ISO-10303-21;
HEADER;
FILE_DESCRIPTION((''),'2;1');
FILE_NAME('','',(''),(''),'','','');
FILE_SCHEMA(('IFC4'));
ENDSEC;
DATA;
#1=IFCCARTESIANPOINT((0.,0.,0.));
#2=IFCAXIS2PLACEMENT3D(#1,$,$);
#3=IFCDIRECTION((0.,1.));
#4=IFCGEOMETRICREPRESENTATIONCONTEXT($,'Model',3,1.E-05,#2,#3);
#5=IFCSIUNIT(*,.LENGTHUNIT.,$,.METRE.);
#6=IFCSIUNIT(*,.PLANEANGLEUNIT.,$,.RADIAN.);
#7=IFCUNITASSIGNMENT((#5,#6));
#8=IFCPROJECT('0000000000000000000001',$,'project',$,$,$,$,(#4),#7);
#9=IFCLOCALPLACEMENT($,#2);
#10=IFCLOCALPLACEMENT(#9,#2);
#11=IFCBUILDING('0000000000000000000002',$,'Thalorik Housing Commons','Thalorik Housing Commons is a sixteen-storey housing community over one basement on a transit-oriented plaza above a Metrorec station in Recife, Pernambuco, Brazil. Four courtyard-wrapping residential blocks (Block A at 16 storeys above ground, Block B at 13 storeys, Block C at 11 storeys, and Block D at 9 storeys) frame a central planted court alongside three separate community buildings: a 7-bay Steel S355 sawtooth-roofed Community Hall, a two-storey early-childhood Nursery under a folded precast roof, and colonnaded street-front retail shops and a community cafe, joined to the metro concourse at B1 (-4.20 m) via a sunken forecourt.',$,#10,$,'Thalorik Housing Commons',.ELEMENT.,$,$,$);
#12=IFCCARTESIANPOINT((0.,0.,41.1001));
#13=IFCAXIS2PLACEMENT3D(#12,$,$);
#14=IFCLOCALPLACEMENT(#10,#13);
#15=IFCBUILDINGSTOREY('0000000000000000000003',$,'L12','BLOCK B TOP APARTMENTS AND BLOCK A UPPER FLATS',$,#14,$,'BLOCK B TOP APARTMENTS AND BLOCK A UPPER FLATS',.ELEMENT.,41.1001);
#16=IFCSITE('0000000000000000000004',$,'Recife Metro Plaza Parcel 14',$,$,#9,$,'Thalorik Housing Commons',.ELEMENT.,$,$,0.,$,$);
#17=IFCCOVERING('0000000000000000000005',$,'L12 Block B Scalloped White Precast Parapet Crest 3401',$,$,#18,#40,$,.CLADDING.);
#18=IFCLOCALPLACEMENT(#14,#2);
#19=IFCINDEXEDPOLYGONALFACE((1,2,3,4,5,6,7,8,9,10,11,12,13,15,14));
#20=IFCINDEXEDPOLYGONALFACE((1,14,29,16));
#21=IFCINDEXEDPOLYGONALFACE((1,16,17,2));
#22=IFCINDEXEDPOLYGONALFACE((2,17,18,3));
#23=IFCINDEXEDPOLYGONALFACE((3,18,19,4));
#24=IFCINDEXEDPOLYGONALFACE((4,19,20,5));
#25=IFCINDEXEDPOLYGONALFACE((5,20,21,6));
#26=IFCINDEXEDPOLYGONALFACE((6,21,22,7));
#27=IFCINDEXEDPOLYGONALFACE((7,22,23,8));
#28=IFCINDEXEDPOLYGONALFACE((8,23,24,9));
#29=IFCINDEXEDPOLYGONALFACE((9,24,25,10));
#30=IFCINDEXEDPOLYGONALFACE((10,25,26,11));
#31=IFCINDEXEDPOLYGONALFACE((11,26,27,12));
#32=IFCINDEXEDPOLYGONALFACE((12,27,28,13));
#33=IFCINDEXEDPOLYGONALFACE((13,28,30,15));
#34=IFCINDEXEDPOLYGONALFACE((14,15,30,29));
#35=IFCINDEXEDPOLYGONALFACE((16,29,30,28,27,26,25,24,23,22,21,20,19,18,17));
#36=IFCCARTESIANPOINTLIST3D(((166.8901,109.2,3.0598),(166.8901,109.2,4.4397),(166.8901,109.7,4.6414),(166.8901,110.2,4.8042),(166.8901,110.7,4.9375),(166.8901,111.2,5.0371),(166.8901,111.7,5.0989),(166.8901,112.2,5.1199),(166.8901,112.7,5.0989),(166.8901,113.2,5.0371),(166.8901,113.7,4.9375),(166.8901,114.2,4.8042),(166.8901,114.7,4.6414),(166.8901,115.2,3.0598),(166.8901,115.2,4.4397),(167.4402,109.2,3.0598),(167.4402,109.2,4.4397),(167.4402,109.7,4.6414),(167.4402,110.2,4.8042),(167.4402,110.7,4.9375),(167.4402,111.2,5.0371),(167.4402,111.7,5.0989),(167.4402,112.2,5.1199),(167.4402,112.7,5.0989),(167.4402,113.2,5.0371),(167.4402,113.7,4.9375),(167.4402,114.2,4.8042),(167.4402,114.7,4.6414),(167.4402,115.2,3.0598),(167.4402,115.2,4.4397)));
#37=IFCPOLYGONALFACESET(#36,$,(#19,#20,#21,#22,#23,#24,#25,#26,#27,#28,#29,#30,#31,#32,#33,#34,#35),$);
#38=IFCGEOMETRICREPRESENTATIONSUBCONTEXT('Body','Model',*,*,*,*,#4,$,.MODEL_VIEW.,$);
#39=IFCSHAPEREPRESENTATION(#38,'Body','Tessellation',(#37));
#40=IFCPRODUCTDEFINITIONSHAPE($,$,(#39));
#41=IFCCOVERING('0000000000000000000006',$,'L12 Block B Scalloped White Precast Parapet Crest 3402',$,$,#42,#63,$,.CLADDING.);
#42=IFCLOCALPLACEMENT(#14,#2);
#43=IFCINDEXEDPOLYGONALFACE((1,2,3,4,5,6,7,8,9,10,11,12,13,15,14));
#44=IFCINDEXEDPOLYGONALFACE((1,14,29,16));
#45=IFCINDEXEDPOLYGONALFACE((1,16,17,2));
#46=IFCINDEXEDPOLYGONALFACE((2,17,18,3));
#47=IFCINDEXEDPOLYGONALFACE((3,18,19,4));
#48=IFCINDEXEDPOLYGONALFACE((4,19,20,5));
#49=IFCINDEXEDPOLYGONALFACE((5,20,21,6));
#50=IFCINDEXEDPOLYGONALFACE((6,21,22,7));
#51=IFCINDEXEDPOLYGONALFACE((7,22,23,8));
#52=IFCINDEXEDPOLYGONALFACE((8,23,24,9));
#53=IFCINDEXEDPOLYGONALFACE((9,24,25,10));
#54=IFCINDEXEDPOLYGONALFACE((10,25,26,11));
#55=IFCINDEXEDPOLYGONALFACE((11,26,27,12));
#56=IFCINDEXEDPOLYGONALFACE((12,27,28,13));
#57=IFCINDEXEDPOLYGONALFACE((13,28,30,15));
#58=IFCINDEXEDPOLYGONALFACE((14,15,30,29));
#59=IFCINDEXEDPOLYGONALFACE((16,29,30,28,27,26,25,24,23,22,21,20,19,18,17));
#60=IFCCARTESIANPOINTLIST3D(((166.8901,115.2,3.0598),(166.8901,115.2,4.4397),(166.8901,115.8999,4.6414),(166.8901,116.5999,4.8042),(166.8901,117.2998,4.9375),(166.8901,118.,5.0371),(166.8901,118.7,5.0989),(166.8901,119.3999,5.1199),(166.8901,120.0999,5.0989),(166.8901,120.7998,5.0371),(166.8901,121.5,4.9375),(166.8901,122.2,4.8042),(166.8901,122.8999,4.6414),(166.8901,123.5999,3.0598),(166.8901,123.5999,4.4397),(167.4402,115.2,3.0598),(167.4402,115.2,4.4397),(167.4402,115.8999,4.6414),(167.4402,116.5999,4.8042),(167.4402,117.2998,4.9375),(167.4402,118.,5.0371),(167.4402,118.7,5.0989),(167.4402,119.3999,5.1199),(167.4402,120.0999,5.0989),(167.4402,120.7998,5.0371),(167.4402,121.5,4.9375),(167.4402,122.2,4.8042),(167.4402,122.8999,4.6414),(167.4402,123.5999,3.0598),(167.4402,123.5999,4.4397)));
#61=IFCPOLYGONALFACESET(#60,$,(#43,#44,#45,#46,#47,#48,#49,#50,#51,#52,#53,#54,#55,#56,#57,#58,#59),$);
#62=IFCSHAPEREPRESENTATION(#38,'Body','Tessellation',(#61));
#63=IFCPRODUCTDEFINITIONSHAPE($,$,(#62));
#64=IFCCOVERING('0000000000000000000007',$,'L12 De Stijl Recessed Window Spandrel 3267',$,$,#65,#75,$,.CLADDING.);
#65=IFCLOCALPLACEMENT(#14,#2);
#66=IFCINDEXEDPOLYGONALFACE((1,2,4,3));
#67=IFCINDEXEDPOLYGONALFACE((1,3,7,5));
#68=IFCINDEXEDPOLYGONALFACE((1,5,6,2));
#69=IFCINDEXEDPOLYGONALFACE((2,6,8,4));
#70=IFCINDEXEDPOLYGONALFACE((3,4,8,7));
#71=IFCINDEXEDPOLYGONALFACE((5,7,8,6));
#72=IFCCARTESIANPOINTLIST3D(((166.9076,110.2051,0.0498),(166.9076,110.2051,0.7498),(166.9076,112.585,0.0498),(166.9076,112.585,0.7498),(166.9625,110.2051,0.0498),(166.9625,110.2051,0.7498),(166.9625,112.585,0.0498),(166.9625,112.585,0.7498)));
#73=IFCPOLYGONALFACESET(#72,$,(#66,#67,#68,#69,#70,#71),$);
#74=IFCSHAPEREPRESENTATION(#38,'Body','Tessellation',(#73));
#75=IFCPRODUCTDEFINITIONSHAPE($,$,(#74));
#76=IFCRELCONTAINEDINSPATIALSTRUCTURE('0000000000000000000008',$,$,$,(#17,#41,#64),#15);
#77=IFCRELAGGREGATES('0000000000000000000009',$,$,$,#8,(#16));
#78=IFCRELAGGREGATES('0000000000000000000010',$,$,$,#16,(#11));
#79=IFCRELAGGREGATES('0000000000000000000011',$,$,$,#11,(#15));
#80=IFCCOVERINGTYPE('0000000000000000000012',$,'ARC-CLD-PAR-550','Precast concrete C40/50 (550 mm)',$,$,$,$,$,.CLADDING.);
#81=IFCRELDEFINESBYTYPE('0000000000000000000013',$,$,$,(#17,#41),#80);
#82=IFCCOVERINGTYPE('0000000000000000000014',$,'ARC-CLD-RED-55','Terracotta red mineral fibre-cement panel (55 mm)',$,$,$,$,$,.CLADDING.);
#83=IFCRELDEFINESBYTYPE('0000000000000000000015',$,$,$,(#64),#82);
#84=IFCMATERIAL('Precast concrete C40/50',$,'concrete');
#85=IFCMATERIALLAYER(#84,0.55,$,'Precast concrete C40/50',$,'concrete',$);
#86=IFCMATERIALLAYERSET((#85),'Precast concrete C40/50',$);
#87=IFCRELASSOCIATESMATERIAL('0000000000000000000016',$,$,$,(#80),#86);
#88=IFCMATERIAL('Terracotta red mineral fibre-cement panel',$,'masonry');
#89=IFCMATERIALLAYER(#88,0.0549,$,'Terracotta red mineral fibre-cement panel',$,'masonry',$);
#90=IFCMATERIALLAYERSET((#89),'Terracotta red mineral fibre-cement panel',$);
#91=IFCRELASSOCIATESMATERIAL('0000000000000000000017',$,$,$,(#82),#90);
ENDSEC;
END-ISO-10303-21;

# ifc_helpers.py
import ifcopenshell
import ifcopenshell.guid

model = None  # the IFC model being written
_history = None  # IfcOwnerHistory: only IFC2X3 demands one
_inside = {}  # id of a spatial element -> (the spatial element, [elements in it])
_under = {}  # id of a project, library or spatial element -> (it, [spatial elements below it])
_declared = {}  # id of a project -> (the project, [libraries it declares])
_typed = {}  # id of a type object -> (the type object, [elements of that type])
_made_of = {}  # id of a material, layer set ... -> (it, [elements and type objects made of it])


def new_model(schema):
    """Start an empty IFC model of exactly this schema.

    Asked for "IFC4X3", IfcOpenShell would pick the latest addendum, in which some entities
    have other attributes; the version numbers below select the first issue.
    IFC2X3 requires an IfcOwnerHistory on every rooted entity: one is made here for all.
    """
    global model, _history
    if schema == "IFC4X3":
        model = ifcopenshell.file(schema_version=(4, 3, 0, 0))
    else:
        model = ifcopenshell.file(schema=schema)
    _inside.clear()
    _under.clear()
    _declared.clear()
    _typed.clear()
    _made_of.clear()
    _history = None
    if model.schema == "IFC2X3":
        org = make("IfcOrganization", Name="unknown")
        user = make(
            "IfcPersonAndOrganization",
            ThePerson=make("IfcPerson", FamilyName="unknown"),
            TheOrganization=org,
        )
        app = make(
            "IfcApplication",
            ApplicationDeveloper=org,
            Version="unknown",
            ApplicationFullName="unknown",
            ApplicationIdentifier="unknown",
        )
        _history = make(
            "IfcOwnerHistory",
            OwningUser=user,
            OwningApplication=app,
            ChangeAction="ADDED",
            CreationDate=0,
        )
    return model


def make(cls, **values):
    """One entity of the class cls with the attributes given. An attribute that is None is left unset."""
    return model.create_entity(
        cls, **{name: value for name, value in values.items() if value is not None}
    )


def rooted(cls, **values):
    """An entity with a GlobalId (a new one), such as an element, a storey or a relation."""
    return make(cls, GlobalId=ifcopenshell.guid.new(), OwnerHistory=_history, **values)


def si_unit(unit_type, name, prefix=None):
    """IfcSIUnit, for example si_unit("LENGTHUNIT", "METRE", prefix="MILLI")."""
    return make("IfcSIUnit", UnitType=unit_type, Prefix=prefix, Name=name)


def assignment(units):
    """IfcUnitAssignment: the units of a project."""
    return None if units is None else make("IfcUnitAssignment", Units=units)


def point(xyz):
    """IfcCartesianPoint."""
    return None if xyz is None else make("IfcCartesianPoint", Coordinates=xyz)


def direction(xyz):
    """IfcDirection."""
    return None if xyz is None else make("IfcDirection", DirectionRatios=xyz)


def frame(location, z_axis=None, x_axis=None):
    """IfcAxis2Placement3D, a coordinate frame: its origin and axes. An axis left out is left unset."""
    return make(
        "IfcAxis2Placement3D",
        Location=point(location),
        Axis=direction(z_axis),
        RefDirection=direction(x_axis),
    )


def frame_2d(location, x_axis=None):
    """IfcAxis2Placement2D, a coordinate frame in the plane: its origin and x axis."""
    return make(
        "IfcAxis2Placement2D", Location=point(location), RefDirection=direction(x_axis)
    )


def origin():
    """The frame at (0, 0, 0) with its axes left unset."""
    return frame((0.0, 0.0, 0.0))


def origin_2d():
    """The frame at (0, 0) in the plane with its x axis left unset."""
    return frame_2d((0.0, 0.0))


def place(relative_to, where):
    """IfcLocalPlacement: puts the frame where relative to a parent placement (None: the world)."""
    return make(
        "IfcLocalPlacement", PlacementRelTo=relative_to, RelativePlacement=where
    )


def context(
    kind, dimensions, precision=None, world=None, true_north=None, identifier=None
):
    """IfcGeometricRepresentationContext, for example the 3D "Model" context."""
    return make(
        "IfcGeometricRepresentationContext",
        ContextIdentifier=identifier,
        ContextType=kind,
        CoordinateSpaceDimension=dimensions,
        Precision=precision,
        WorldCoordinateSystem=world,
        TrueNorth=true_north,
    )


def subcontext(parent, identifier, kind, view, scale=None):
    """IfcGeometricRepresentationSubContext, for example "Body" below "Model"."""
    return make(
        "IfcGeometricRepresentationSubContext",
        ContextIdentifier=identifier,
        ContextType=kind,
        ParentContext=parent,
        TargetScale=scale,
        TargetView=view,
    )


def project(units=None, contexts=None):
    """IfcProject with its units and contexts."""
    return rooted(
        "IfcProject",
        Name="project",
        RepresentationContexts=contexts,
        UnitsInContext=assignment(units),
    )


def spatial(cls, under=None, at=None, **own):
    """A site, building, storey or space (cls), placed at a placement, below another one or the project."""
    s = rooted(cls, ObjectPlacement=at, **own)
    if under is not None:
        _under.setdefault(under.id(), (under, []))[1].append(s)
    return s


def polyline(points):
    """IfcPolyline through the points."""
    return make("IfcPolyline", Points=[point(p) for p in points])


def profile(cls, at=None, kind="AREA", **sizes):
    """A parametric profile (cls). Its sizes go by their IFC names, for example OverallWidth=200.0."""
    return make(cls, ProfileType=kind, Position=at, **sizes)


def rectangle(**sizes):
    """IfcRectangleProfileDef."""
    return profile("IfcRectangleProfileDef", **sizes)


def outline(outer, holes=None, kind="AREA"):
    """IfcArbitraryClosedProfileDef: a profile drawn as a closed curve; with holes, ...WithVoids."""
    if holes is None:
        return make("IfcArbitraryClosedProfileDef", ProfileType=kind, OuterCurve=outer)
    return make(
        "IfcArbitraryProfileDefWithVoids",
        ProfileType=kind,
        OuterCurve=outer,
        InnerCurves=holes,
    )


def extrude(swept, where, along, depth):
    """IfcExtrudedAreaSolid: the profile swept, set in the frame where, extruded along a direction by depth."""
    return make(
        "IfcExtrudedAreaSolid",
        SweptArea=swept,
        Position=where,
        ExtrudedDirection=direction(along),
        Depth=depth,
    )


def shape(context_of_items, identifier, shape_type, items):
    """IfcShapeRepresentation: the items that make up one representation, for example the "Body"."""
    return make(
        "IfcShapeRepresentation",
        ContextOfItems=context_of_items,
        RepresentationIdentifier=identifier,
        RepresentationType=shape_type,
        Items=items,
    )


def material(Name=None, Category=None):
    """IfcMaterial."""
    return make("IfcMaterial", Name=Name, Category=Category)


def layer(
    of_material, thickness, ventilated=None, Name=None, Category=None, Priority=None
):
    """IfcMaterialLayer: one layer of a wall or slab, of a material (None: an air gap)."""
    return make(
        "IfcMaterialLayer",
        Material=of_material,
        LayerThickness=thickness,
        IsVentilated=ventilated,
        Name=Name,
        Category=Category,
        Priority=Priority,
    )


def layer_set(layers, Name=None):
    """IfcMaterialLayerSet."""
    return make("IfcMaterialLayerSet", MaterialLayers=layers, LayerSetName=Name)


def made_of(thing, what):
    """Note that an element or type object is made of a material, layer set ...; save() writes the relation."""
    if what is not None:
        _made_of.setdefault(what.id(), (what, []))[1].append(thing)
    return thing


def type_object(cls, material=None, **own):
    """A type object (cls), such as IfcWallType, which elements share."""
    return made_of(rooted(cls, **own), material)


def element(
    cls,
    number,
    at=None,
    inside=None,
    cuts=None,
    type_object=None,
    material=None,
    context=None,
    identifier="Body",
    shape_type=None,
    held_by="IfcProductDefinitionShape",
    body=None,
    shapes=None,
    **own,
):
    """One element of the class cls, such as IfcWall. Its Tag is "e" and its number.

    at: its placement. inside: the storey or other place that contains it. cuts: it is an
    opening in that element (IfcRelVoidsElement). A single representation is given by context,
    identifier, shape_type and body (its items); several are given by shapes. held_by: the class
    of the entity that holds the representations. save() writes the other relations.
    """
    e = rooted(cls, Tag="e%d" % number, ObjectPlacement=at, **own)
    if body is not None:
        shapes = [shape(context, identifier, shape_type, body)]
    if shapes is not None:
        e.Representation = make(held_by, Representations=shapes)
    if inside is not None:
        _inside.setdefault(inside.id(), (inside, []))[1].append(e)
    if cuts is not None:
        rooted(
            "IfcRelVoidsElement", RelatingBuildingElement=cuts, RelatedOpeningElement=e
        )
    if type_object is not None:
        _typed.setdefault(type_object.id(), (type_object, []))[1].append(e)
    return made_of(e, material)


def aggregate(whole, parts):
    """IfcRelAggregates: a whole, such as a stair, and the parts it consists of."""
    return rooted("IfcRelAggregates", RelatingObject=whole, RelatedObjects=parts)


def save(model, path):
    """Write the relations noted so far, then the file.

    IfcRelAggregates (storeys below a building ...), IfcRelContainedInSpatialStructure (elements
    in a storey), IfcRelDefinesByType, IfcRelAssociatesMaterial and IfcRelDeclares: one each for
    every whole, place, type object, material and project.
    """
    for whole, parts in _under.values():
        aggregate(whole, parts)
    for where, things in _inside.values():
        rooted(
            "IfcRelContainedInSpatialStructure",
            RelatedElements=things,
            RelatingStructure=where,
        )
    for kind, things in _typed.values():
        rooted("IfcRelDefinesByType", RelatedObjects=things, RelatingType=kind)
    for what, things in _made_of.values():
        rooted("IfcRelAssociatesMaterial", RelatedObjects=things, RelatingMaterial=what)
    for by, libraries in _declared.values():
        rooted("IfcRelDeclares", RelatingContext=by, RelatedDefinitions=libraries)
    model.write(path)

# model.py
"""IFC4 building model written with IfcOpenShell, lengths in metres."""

from ifc_helpers import new_model, si_unit, direction, frame, origin, origin_2d, place, context, subcontext, project, spatial, polyline, rectangle, outline, extrude, material, layer, layer_set, type_object, element, save


model = new_model("IFC4")

# Units and contexts
model_context = context("Model", 3, precision=1e-05, world=origin(), true_north=direction((0.0, 1.0)))
body_context = subcontext(model_context, "Body", "Model", "MODEL_VIEW")
ifc_project = project(units=[si_unit("LENGTHUNIT", "METRE"), si_unit("PLANEANGLEUNIT", "RADIAN")], contexts=[model_context])

# Site, building, storey
site_placement = place(None, origin())
site = spatial("IfcSite", under=ifc_project, at=site_placement, Name="Recife Metro Plaza Parcel 14", LongName="Thalorik Housing Commons", CompositionType="ELEMENT", RefElevation=0.0)
building_placement = place(site_placement, origin())
building = spatial("IfcBuilding", under=site, at=building_placement, Name="Thalorik Housing Commons", Description="Thalorik Housing Commons is a sixteen-storey housing community over one basement on a transit-oriented plaza above a Metrorec station in Recife, Pernambuco, Brazil. Four courtyard-wrapping residential blocks (Block A at 16 storeys above ground, Block B at 13 storeys, Block C at 11 storeys, and Block D at 9 storeys) frame a central planted court alongside three separate community buildings: a 7-bay Steel S355 sawtooth-roofed Community Hall, a two-storey early-childhood Nursery under a folded precast roof, and colonnaded street-front retail shops and a community cafe, joined to the metro concourse at B1 (-4.20 m) via a sunken forecourt.", LongName="Thalorik Housing Commons", CompositionType="ELEMENT")
storey_placement = place(building_placement, frame((0.0, 0.0, 41.1001)))
storey = spatial("IfcBuildingStorey", under=building, at=storey_placement, Name="L12", Description="BLOCK B TOP APARTMENTS AND BLOCK A UPPER FLATS", LongName="BLOCK B TOP APARTMENTS AND BLOCK A UPPER FLATS", CompositionType="ELEMENT", Elevation=41.1001)

# Shared definitions
ifc_material_1 = material(Name="Precast concrete C40/50", Category="concrete")

# Coverings
ifc_layer_1 = layer(ifc_material_1, 0.55, Name="Precast concrete C40/50", Category="concrete")
ifc_layer_set_1 = layer_set([ifc_layer_1], Name="Precast concrete C40/50")
covering_type_1 = type_object("IfcCoveringType", Name="ARC-CLD-PAR-550", Description="Precast concrete C40/50 (550 mm)", PredefinedType="CLADDING", material=ifc_layer_set_1)
covering_1_placement = place(storey_placement, frame((167.165, 112.2, 3.0598), z_axis=(0.0, 0.0, 1.0), x_axis=(0.0, 1.0, 0.0)))
element("IfcCovering", 1, at=covering_1_placement, inside=storey, type_object=covering_type_1, Name="L12 Block B Scalloped White Precast Parapet Crest 3401", PredefinedType="CLADDING", context=body_context, shape_type="SweptSolid", body=[
    extrude(outline(polyline([(-3.0, 0.0), (3.0, 0.0), (3.0, 1.3799), (2.5, 1.5815), (2.0, 1.7444), (1.5, 1.8777), (1.0, 1.9773), (0.5, 2.0391), (0.0, 2.0601), (-0.5, 2.0391), (-1.0, 1.9773), (-1.5, 1.8777), (-2.0, 1.7444), (-2.5, 1.5815), (-3.0, 1.3799), (-3.0, 0.0)])), frame((0.0, 0.2749, 0.0), z_axis=(0.0, -1.0, 0.0), x_axis=(1.0, 0.0, 0.0)), (0.0, 0.0, 1.0), 0.55),
])
covering_2_placement = place(storey_placement, frame((167.165, 119.3999, 3.0598), z_axis=(0.0, 0.0, 1.0), x_axis=(0.0, 1.0, 0.0)))
element("IfcCovering", 2, at=covering_2_placement, inside=storey, type_object=covering_type_1, Name="L12 Block B Scalloped White Precast Parapet Crest 3402", PredefinedType="CLADDING", context=body_context, shape_type="SweptSolid", body=[
    extrude(outline(polyline([(-4.2, 0.0), (4.2, 0.0), (4.2, 1.3799), (3.5, 1.5815), (2.8, 1.7444), (2.1001, 1.8777), (1.3999, 1.9773), (0.7, 2.0391), (0.0, 2.0601), (-0.7, 2.0391), (-1.3999, 1.9773), (-2.1001, 1.8777), (-2.8, 1.7444), (-3.5, 1.5815), (-4.2, 1.3799), (-4.2, 0.0)])), frame((0.0, 0.2749, 0.0), z_axis=(0.0, -1.0, 0.0), x_axis=(1.0, 0.0, 0.0)), (0.0, 0.0, 1.0), 0.55),
])
ifc_material_2 = material(Name="Terracotta red mineral fibre-cement panel", Category="masonry")
ifc_layer_2 = layer(ifc_material_2, 0.0549, Name="Terracotta red mineral fibre-cement panel", Category="masonry")
ifc_layer_set_2 = layer_set([ifc_layer_2], Name="Terracotta red mineral fibre-cement panel")
covering_type_2 = type_object("IfcCoveringType", Name="ARC-CLD-RED-55", Description="Terracotta red mineral fibre-cement panel (55 mm)", PredefinedType="CLADDING", material=ifc_layer_set_2)
covering_3_placement = place(storey_placement, frame((166.9351, 111.395, 0.0498), z_axis=(0.0, 0.0, 1.0), x_axis=(0.0, 1.0, 0.0)))
element("IfcCovering", 3, at=covering_3_placement, inside=storey, type_object=covering_type_2, Name="L12 De Stijl Recessed Window Spandrel 3267", PredefinedType="CLADDING", context=body_context, shape_type="SweptSolid", body=[
    extrude(rectangle(XDim=2.3799, YDim=0.0549, at=origin_2d()), origin(), (0.0, 0.0, 1.0), 0.7),
])

save(model, "model.ifc")
